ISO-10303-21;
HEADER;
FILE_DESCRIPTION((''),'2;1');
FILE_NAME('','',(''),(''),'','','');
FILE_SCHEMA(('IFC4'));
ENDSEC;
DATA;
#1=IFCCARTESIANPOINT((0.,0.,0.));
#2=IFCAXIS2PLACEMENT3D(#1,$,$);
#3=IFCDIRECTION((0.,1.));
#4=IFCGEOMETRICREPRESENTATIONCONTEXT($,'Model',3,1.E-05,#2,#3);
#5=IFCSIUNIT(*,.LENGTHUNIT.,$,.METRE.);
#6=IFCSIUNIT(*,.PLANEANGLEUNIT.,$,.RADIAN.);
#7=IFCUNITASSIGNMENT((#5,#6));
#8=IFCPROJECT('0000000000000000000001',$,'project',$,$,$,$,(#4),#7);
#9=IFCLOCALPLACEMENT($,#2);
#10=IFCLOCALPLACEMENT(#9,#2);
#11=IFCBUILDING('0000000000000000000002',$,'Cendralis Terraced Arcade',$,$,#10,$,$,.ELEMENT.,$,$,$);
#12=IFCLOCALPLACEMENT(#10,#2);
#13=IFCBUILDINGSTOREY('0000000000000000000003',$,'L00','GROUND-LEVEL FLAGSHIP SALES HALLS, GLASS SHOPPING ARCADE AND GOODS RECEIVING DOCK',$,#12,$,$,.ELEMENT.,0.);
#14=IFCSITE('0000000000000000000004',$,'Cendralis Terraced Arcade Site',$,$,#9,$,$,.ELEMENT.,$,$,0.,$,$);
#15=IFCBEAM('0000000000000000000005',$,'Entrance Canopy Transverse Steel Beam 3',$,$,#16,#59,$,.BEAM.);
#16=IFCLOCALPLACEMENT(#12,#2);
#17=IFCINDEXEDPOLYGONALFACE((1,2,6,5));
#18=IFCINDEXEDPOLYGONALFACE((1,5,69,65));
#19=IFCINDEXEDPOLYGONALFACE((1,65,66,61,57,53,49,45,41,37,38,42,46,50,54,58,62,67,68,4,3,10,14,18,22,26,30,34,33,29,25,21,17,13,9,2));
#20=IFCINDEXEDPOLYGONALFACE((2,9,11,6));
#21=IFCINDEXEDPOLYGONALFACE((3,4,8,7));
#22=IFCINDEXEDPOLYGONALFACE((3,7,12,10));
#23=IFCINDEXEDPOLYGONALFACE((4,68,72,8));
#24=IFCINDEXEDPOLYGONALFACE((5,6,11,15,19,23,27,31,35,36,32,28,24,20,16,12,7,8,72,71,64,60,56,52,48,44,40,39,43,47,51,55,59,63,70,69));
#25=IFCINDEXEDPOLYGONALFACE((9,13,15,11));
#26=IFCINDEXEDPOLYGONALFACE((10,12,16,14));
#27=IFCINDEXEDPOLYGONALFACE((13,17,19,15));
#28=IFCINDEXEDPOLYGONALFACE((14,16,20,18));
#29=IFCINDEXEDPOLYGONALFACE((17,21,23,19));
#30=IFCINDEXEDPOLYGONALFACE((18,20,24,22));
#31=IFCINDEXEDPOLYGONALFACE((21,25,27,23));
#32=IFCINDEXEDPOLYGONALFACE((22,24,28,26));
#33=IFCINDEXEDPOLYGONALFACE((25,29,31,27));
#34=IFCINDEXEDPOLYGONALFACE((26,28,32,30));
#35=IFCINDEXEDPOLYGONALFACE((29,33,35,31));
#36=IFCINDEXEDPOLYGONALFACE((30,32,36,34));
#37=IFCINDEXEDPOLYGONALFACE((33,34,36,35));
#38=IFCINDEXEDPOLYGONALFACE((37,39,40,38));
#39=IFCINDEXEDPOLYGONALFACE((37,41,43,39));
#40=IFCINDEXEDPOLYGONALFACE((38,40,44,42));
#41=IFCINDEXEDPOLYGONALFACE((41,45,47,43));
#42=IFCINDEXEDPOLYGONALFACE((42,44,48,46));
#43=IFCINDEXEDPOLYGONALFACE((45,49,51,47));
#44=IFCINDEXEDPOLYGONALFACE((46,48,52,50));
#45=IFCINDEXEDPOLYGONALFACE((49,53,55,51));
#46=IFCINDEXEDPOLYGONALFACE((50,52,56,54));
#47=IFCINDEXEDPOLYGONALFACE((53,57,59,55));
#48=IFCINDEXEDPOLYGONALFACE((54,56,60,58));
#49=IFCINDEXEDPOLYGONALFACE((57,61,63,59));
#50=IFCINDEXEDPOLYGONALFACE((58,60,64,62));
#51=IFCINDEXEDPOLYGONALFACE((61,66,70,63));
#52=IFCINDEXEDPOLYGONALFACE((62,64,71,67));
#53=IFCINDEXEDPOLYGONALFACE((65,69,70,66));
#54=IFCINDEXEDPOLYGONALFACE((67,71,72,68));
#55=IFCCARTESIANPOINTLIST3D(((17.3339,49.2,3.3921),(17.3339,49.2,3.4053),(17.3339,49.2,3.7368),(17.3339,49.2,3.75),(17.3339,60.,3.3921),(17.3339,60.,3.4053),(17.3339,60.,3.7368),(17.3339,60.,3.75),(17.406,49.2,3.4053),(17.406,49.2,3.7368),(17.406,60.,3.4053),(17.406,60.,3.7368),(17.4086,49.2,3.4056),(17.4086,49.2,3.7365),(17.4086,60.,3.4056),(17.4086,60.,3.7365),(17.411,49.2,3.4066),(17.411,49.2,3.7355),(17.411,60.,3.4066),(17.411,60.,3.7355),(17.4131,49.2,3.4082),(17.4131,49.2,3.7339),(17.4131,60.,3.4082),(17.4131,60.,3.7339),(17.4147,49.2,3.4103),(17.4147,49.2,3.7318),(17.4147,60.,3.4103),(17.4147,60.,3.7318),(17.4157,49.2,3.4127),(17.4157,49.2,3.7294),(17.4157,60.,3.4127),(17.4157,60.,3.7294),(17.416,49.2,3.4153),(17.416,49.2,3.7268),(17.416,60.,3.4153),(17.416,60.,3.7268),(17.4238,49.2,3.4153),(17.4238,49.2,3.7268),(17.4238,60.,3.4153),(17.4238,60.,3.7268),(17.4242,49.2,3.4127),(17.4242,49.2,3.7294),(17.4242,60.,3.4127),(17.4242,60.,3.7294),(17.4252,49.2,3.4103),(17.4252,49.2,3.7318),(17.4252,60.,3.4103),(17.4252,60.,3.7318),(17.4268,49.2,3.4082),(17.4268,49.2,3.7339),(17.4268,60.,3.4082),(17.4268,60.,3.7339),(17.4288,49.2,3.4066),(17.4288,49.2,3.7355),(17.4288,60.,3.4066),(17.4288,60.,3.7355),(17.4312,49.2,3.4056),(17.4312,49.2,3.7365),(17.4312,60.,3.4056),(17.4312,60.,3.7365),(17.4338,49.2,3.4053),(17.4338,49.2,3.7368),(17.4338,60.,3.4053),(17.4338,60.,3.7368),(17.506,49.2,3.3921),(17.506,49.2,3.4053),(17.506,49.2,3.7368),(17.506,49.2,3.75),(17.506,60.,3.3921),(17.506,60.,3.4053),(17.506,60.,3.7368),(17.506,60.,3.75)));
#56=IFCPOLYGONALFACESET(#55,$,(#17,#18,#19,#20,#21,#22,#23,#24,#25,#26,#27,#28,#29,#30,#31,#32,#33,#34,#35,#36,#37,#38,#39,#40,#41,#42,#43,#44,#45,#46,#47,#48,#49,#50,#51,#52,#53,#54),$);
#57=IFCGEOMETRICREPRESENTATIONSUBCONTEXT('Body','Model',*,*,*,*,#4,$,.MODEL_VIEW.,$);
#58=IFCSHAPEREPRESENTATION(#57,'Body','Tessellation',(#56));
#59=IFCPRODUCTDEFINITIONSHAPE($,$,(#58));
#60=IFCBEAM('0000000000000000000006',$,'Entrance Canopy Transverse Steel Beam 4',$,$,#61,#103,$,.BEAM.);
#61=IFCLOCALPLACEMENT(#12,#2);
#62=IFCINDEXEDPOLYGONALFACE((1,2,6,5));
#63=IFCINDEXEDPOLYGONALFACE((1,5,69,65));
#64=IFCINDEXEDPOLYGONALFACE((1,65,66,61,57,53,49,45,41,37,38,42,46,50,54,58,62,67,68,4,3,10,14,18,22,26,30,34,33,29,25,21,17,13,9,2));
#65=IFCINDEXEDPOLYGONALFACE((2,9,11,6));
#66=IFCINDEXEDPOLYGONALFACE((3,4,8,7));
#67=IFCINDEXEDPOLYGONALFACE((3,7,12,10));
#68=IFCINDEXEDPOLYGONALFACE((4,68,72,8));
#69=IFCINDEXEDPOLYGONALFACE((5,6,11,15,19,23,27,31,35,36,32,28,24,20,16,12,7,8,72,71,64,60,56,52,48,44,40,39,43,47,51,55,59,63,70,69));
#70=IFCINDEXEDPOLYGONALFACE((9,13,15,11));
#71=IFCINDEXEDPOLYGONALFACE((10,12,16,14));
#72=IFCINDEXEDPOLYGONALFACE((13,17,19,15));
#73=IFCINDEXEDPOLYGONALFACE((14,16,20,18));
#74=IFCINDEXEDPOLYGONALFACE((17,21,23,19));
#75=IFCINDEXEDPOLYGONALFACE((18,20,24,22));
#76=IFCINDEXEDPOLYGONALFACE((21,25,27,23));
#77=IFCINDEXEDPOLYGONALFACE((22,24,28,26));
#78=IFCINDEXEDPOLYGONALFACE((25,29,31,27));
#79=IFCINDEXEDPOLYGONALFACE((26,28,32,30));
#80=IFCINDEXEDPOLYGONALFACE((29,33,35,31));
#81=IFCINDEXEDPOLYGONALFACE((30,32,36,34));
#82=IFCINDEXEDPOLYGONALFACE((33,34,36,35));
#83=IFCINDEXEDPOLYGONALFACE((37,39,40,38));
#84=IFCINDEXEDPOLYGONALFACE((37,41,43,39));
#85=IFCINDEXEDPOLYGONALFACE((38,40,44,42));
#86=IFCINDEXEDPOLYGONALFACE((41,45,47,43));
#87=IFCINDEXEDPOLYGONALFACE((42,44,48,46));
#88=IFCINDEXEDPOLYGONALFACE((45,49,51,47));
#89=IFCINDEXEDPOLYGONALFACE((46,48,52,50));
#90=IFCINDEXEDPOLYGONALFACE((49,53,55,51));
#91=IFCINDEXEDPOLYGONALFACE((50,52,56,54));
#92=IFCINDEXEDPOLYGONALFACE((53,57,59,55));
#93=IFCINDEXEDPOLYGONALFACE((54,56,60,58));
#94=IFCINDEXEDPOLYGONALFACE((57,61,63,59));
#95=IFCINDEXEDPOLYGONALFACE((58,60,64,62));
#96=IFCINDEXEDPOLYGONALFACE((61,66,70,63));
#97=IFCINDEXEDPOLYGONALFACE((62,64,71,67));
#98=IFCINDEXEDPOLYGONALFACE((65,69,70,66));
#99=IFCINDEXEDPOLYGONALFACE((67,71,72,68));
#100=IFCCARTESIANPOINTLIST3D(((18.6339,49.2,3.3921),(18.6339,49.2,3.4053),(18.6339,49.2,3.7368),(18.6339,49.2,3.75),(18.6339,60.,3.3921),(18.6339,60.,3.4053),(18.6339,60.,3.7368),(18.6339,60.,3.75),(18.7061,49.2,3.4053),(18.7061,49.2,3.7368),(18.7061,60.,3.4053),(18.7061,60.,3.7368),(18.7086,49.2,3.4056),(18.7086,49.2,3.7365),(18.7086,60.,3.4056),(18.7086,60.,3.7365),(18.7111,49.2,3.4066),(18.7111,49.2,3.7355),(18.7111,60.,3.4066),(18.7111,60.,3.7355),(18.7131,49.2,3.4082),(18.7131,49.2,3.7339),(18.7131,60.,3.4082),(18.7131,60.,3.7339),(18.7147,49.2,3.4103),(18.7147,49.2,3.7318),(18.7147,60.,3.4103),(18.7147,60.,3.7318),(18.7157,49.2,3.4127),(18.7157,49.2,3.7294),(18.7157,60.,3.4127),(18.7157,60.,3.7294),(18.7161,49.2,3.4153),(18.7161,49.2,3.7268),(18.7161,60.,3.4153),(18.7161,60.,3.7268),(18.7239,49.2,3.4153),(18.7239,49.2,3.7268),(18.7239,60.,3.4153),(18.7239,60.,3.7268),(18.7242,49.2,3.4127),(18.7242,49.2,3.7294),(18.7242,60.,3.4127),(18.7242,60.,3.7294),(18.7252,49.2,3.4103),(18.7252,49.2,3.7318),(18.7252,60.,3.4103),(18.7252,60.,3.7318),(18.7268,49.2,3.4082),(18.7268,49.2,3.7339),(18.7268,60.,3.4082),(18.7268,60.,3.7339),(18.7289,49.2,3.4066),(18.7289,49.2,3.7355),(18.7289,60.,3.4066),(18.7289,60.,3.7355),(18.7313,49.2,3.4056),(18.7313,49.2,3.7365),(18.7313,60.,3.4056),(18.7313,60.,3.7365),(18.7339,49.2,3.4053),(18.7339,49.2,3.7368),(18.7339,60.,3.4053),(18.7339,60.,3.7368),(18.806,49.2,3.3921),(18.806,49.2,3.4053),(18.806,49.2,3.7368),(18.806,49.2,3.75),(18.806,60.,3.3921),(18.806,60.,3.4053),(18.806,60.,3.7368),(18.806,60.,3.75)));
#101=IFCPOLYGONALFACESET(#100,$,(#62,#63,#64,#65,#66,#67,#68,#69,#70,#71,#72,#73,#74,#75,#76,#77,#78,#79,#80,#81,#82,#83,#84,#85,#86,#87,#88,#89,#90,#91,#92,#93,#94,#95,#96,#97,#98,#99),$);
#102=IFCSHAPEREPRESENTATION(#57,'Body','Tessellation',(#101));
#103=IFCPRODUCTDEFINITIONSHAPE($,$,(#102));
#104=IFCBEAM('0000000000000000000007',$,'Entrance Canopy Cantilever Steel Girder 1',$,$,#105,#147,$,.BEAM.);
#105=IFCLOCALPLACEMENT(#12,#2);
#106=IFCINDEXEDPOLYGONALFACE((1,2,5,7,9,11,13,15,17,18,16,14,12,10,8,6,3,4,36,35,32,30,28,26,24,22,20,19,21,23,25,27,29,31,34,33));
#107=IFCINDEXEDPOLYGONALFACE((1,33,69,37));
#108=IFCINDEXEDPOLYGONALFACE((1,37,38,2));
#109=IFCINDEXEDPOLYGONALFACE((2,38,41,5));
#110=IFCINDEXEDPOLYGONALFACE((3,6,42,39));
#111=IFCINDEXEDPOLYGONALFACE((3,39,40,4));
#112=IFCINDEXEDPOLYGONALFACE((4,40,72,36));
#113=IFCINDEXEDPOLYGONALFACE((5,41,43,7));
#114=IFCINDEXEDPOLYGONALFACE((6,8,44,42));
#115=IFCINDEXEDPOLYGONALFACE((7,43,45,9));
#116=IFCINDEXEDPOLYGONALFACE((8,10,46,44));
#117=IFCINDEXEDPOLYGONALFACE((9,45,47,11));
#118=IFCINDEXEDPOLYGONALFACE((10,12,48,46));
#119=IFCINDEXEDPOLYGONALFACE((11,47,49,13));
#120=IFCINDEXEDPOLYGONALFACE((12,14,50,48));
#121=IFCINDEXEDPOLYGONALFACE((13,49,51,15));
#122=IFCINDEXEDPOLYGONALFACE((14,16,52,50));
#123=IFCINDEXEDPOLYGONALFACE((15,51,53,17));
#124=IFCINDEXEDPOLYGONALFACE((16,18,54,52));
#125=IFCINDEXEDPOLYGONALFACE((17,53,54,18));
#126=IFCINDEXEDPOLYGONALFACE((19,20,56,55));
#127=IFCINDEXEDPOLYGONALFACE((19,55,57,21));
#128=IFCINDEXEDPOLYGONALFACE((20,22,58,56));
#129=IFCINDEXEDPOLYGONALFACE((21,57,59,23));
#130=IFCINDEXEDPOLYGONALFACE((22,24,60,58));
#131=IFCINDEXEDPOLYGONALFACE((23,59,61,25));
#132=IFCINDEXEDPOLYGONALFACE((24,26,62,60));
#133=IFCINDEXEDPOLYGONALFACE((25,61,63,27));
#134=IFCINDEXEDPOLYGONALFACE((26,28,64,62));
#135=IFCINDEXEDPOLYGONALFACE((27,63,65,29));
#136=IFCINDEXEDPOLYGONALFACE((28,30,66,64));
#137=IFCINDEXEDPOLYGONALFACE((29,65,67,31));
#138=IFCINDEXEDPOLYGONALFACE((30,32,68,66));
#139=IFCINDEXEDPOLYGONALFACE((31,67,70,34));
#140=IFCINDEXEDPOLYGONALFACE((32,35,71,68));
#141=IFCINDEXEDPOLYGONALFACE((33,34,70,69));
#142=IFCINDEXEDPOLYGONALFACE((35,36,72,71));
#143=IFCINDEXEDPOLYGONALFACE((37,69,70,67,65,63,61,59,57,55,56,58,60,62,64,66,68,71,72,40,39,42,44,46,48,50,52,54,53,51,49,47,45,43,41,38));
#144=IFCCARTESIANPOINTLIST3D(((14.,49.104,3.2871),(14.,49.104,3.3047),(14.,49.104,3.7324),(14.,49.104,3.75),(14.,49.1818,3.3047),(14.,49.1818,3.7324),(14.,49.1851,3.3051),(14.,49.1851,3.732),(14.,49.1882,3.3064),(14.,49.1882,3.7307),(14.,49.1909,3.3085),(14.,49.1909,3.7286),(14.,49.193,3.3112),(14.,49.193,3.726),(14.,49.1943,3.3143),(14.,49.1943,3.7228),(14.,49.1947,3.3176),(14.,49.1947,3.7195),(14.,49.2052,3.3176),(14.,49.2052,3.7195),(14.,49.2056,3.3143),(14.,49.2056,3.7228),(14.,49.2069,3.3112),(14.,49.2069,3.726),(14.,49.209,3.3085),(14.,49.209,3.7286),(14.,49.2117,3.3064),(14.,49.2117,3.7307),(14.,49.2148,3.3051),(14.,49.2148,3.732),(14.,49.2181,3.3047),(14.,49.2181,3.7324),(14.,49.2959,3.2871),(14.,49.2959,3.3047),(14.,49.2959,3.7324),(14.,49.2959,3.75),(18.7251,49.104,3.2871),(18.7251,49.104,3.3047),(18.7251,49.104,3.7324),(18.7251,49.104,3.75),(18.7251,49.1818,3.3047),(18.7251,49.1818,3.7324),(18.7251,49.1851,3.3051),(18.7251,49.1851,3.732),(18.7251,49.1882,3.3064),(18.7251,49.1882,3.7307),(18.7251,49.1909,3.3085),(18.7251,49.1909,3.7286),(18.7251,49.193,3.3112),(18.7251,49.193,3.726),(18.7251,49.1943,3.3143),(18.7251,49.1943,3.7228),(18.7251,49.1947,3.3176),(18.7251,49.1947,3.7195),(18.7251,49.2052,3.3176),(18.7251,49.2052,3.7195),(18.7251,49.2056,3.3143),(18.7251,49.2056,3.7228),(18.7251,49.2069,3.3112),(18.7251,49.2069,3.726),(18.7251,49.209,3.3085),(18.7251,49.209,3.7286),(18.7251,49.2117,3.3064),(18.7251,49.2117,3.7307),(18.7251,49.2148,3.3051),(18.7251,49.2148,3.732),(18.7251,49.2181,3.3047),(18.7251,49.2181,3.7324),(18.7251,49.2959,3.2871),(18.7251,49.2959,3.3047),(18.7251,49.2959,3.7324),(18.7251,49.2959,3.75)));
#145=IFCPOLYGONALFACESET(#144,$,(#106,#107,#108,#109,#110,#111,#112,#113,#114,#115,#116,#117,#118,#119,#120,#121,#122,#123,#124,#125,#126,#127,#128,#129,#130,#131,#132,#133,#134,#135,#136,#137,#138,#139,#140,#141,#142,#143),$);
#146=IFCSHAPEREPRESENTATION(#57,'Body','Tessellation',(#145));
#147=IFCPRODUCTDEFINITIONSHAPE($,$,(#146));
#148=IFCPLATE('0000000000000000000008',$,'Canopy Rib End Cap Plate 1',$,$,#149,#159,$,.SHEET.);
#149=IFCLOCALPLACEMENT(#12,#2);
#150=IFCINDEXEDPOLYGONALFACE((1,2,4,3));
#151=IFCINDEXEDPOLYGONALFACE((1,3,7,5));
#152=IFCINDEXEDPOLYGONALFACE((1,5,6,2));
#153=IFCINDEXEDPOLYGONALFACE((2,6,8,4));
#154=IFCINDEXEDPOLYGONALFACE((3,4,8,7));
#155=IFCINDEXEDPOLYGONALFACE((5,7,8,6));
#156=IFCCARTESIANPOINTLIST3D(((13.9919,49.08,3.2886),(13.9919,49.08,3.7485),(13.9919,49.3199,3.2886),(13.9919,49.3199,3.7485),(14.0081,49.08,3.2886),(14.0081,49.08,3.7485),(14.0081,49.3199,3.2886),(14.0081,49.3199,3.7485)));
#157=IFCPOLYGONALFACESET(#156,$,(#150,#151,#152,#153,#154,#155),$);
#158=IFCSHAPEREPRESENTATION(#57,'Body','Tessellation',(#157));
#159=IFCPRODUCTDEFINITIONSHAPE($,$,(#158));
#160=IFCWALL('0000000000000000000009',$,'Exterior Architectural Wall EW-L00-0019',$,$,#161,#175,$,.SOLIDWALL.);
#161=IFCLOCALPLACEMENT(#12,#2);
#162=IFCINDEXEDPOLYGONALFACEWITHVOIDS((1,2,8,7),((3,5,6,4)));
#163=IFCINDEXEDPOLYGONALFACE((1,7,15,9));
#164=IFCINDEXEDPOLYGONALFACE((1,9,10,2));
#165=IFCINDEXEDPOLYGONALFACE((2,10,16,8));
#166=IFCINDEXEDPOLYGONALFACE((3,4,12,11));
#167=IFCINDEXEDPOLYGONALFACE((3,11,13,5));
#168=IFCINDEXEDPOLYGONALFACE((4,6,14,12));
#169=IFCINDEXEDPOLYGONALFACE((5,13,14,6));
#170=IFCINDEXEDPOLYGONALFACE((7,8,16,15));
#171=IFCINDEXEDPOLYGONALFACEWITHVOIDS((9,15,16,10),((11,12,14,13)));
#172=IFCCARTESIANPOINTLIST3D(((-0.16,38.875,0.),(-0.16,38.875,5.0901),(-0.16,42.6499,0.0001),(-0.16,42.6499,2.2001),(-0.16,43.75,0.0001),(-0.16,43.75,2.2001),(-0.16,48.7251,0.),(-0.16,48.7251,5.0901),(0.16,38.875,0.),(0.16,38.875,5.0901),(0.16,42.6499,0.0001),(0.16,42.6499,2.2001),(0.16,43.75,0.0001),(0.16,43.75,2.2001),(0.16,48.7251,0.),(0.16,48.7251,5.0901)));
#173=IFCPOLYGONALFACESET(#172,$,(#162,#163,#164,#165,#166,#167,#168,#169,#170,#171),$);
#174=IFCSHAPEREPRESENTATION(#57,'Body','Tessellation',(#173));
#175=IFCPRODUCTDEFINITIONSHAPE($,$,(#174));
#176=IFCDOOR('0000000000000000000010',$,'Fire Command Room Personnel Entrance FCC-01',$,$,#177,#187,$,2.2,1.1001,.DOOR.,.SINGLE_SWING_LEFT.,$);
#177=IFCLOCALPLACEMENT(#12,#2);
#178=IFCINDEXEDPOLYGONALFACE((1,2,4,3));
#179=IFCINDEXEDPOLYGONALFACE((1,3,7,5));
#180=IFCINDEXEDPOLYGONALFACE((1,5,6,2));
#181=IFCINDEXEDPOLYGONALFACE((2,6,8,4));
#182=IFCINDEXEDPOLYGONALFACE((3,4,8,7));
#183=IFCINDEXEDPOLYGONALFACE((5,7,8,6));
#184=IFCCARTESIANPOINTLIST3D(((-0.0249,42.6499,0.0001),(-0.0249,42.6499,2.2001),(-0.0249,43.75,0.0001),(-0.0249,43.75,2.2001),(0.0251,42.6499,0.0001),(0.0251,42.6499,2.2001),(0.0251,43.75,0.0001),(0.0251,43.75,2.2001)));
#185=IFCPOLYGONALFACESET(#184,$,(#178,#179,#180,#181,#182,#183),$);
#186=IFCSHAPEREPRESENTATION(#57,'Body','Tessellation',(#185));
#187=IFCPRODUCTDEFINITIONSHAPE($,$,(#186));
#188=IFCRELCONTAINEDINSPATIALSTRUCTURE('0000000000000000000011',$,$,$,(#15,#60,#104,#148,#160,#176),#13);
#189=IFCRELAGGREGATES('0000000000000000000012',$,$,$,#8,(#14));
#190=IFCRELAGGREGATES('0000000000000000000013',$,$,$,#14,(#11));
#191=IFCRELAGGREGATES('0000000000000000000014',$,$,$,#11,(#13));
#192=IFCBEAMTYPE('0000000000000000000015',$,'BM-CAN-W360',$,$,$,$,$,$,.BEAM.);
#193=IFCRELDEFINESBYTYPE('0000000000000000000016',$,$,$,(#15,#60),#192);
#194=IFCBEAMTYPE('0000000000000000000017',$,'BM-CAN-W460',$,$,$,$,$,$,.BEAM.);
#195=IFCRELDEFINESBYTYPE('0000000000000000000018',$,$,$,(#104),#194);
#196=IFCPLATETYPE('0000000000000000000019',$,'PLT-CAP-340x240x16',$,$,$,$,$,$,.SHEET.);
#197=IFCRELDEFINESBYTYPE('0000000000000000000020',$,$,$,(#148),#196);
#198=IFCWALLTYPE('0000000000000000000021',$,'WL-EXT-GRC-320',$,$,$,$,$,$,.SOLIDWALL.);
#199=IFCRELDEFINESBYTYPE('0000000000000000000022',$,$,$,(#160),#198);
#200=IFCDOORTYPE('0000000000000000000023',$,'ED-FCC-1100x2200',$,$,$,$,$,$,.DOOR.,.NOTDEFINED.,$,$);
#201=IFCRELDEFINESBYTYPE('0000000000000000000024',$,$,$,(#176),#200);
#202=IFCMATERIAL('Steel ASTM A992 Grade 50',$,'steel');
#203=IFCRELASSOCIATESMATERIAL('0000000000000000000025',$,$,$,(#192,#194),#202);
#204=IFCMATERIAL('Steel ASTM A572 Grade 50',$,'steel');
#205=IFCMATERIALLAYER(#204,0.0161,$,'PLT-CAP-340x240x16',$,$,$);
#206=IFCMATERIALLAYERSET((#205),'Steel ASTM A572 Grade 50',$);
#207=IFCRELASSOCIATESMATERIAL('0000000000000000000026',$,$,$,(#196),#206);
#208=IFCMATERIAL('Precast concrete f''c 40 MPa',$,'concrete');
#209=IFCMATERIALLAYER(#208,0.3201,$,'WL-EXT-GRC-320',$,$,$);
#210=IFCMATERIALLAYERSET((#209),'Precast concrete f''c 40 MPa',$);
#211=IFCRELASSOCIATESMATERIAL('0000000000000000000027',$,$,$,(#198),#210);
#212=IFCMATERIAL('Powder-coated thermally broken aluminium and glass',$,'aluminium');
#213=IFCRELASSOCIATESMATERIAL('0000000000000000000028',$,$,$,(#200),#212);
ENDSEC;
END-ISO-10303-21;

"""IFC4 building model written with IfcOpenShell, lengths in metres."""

from ifc_helpers import new_model, si_unit, direction, frame, frame_2d, origin, origin_2d, place, context, subcontext, project, spatial, rectangle, i_section, extrude, material, layer, layer_set, material_profile, profile_set, type_object, element, fill, save


model = new_model("IFC4")

# Units and contexts
model_context = context("Model", 3, precision=1e-05, world=origin(), true_north=direction((0.0, 1.0)))
body_context = subcontext(model_context, "Body", "Model", "MODEL_VIEW")
ifc_project = project(units=[si_unit("LENGTHUNIT", "METRE"), si_unit("PLANEANGLEUNIT", "RADIAN")], contexts=[model_context])

# Site, building, storey
site_placement = place(None, origin())
site = spatial("IfcSite", under=ifc_project, at=site_placement, Name="Cendralis Terraced Arcade Site", CompositionType="ELEMENT", RefElevation=0.0)
building_placement = place(site_placement, origin())
building = spatial("IfcBuilding", under=site, at=building_placement, Name="Cendralis Terraced Arcade", CompositionType="ELEMENT")
storey_placement = place(building_placement, origin())
storey = spatial("IfcBuildingStorey", under=building, at=storey_placement, Name="L00", Description="GROUND-LEVEL FLAGSHIP SALES HALLS, GLASS SHOPPING ARCADE AND GOODS RECEIVING DOCK", CompositionType="ELEMENT", Elevation=0.0)

# Beams
ifc_material_1 = material(Name="Steel ASTM A992 Grade 50", Category="steel")
ifc_material_profile_1 = material_profile(ifc_material_1, i_section(OverallWidth=0.1721, OverallDepth=0.3579, WebThickness=0.0078, FlangeThickness=0.0132, FilletRadius=0.01, at=origin_2d()), Name="W360X57.8", Category="LoadBearing")
ifc_profile_set_1 = profile_set([ifc_material_profile_1], Name="Steel ASTM A992 Grade 50")
beam_type_1 = type_object("IfcBeamType", Name="BM-CAN-W360", PredefinedType="BEAM", material=ifc_profile_set_1)
for number, where, z_axis, x_axis, name in (
    (1, (17.4199, 49.2, 3.571), (0.0, 1.0, 0.0), (-1.0, 0.0, 0.0), "Entrance Canopy Transverse Steel Beam 3"),
    (2, (18.72, 49.2, 3.571), (0.0, 1.0, 0.0), (-1.0, 0.0, 0.0), "Entrance Canopy Transverse Steel Beam 4"),
):
    element("IfcBeam", number, at=place(storey_placement, frame(where, z_axis=z_axis, x_axis=x_axis)), inside=storey, type_object=beam_type_1, Name=name, PredefinedType="BEAM", context=body_context, shape_type="SweptSolid", body=[
        extrude(i_section(OverallWidth=0.1721, OverallDepth=0.3579, WebThickness=0.0078, FlangeThickness=0.0132, FilletRadius=0.01, at=origin_2d()), origin(), (0.0, 0.0, 1.0), 10.8),
    ])
ifc_material_profile_2 = material_profile(ifc_material_1, i_section(OverallWidth=0.1919, OverallDepth=0.4629, WebThickness=0.0105, FlangeThickness=0.0176, FilletRadius=0.0129, at=origin_2d()), Name="W460X89", Category="LoadBearing")
ifc_profile_set_2 = profile_set([ifc_material_profile_2], Name="Steel ASTM A992 Grade 50")
beam_type_2 = type_object("IfcBeamType", Name="BM-CAN-W460", PredefinedType="BEAM", material=ifc_profile_set_2)
beam_1_placement = place(storey_placement, frame((18.7251, 49.2, 3.5186), z_axis=(-1.0, 0.0, 0.0), x_axis=(0.0, -1.0, 0.0)))
element("IfcBeam", 3, at=beam_1_placement, inside=storey, type_object=beam_type_2, Name="Entrance Canopy Cantilever Steel Girder 1", PredefinedType="BEAM", context=body_context, shape_type="SweptSolid", body=[
    extrude(i_section(OverallWidth=0.1919, OverallDepth=0.4629, WebThickness=0.0105, FlangeThickness=0.0176, FilletRadius=0.0129, at=origin_2d()), origin(), (0.0, 0.0, 1.0), 4.7251),
])

# Plate
ifc_material_2 = material(Name="Steel ASTM A572 Grade 50", Category="steel")
ifc_layer_1 = layer(ifc_material_2, 0.0161, Name="PLT-CAP-340x240x16")
ifc_layer_set_1 = layer_set([ifc_layer_1], Name="Steel ASTM A572 Grade 50")
plate_type = type_object("IfcPlateType", Name="PLT-CAP-340x240x16", PredefinedType="SHEET", material=ifc_layer_set_1)
plate_placement = place(storey_placement, frame((14.0, 49.2, 3.2886), z_axis=(0.0, 0.0, 1.0), x_axis=(1.0, 0.0, 0.0)))
element("IfcPlate", 4, at=plate_placement, inside=storey, type_object=plate_type, Name="Canopy Rib End Cap Plate 1", PredefinedType="SHEET", context=body_context, shape_type="SweptSolid", body=[
    extrude(rectangle(XDim=0.0161, YDim=0.24, at=origin_2d()), origin(), (0.0, 0.0, 1.0), 0.46),
])

# Wall, opening, door
ifc_material_3 = material(Name="Precast concrete f'c 40 MPa", Category="concrete")
ifc_layer_2 = layer(ifc_material_3, 0.3201, Name="WL-EXT-GRC-320")
ifc_layer_set_2 = layer_set([ifc_layer_2], Name="Precast concrete f'c 40 MPa")
wall_type_1 = type_object("IfcWallType", Name="WL-EXT-GRC-320", PredefinedType="SOLIDWALL", material=ifc_layer_set_2)
wall_1_placement = place(storey_placement, frame((0.0, 38.875, 0.0), z_axis=(0.0, 0.0, 1.0), x_axis=(0.0, 1.0, 0.0)))
wall_1 = element("IfcWall", 5, at=wall_1_placement, inside=storey, type_object=wall_type_1, Name="Exterior Architectural Wall EW-L00-0019", PredefinedType="SOLIDWALL", context=body_context, shape_type="SweptSolid", body=[
    extrude(rectangle(XDim=9.8501, YDim=0.3201, at=frame_2d((4.925, 0.0))), origin(), (0.0, 0.0, 1.0), 5.0901),
])
opening_1_placement = place(wall_1_placement, frame((3.7749, 0.0, 0.0)))
opening_1 = element("IfcOpeningElement", 6, at=opening_1_placement, cuts=wall_1, PredefinedType="OPENING", context=body_context, shape_type="SweptSolid", body=[
    extrude(rectangle(XDim=1.1001, YDim=2.2, at=frame_2d((0.55, 1.1001))), frame((0.0, 0.1719, 0.0), z_axis=(0.0, -1.0, 0.0), x_axis=(1.0, 0.0, 0.0)), (0.0, 0.0, 1.0), 0.344),
])
ifc_material_4 = material(Name="Powder-coated thermally broken aluminium and glass", Category="aluminium")
door_type_1 = type_object("IfcDoorType", Name="ED-FCC-1100x2200", OperationType="NOTDEFINED", PredefinedType="DOOR", material=ifc_material_4)
door_1_placement = place(opening_1_placement, origin())
door_1 = element("IfcDoor", 7, at=door_1_placement, inside=storey, type_object=door_type_1, Name="Fire Command Room Personnel Entrance FCC-01", OperationType="SINGLE_SWING_LEFT", OverallHeight=2.2, OverallWidth=1.1001, PredefinedType="DOOR", context=body_context, shape_type="SweptSolid", body=[
    extrude(rectangle(XDim=1.1001, YDim=2.2, at=frame_2d((0.55, 1.1001))), frame((0.0, 0.0249, 0.0), z_axis=(0.0, -1.0, 0.0), x_axis=(1.0, 0.0, 0.0)), (0.0, 0.0, 1.0), 0.05),
])
fill(opening_1, door_1)

save(model, "model.ifc")
